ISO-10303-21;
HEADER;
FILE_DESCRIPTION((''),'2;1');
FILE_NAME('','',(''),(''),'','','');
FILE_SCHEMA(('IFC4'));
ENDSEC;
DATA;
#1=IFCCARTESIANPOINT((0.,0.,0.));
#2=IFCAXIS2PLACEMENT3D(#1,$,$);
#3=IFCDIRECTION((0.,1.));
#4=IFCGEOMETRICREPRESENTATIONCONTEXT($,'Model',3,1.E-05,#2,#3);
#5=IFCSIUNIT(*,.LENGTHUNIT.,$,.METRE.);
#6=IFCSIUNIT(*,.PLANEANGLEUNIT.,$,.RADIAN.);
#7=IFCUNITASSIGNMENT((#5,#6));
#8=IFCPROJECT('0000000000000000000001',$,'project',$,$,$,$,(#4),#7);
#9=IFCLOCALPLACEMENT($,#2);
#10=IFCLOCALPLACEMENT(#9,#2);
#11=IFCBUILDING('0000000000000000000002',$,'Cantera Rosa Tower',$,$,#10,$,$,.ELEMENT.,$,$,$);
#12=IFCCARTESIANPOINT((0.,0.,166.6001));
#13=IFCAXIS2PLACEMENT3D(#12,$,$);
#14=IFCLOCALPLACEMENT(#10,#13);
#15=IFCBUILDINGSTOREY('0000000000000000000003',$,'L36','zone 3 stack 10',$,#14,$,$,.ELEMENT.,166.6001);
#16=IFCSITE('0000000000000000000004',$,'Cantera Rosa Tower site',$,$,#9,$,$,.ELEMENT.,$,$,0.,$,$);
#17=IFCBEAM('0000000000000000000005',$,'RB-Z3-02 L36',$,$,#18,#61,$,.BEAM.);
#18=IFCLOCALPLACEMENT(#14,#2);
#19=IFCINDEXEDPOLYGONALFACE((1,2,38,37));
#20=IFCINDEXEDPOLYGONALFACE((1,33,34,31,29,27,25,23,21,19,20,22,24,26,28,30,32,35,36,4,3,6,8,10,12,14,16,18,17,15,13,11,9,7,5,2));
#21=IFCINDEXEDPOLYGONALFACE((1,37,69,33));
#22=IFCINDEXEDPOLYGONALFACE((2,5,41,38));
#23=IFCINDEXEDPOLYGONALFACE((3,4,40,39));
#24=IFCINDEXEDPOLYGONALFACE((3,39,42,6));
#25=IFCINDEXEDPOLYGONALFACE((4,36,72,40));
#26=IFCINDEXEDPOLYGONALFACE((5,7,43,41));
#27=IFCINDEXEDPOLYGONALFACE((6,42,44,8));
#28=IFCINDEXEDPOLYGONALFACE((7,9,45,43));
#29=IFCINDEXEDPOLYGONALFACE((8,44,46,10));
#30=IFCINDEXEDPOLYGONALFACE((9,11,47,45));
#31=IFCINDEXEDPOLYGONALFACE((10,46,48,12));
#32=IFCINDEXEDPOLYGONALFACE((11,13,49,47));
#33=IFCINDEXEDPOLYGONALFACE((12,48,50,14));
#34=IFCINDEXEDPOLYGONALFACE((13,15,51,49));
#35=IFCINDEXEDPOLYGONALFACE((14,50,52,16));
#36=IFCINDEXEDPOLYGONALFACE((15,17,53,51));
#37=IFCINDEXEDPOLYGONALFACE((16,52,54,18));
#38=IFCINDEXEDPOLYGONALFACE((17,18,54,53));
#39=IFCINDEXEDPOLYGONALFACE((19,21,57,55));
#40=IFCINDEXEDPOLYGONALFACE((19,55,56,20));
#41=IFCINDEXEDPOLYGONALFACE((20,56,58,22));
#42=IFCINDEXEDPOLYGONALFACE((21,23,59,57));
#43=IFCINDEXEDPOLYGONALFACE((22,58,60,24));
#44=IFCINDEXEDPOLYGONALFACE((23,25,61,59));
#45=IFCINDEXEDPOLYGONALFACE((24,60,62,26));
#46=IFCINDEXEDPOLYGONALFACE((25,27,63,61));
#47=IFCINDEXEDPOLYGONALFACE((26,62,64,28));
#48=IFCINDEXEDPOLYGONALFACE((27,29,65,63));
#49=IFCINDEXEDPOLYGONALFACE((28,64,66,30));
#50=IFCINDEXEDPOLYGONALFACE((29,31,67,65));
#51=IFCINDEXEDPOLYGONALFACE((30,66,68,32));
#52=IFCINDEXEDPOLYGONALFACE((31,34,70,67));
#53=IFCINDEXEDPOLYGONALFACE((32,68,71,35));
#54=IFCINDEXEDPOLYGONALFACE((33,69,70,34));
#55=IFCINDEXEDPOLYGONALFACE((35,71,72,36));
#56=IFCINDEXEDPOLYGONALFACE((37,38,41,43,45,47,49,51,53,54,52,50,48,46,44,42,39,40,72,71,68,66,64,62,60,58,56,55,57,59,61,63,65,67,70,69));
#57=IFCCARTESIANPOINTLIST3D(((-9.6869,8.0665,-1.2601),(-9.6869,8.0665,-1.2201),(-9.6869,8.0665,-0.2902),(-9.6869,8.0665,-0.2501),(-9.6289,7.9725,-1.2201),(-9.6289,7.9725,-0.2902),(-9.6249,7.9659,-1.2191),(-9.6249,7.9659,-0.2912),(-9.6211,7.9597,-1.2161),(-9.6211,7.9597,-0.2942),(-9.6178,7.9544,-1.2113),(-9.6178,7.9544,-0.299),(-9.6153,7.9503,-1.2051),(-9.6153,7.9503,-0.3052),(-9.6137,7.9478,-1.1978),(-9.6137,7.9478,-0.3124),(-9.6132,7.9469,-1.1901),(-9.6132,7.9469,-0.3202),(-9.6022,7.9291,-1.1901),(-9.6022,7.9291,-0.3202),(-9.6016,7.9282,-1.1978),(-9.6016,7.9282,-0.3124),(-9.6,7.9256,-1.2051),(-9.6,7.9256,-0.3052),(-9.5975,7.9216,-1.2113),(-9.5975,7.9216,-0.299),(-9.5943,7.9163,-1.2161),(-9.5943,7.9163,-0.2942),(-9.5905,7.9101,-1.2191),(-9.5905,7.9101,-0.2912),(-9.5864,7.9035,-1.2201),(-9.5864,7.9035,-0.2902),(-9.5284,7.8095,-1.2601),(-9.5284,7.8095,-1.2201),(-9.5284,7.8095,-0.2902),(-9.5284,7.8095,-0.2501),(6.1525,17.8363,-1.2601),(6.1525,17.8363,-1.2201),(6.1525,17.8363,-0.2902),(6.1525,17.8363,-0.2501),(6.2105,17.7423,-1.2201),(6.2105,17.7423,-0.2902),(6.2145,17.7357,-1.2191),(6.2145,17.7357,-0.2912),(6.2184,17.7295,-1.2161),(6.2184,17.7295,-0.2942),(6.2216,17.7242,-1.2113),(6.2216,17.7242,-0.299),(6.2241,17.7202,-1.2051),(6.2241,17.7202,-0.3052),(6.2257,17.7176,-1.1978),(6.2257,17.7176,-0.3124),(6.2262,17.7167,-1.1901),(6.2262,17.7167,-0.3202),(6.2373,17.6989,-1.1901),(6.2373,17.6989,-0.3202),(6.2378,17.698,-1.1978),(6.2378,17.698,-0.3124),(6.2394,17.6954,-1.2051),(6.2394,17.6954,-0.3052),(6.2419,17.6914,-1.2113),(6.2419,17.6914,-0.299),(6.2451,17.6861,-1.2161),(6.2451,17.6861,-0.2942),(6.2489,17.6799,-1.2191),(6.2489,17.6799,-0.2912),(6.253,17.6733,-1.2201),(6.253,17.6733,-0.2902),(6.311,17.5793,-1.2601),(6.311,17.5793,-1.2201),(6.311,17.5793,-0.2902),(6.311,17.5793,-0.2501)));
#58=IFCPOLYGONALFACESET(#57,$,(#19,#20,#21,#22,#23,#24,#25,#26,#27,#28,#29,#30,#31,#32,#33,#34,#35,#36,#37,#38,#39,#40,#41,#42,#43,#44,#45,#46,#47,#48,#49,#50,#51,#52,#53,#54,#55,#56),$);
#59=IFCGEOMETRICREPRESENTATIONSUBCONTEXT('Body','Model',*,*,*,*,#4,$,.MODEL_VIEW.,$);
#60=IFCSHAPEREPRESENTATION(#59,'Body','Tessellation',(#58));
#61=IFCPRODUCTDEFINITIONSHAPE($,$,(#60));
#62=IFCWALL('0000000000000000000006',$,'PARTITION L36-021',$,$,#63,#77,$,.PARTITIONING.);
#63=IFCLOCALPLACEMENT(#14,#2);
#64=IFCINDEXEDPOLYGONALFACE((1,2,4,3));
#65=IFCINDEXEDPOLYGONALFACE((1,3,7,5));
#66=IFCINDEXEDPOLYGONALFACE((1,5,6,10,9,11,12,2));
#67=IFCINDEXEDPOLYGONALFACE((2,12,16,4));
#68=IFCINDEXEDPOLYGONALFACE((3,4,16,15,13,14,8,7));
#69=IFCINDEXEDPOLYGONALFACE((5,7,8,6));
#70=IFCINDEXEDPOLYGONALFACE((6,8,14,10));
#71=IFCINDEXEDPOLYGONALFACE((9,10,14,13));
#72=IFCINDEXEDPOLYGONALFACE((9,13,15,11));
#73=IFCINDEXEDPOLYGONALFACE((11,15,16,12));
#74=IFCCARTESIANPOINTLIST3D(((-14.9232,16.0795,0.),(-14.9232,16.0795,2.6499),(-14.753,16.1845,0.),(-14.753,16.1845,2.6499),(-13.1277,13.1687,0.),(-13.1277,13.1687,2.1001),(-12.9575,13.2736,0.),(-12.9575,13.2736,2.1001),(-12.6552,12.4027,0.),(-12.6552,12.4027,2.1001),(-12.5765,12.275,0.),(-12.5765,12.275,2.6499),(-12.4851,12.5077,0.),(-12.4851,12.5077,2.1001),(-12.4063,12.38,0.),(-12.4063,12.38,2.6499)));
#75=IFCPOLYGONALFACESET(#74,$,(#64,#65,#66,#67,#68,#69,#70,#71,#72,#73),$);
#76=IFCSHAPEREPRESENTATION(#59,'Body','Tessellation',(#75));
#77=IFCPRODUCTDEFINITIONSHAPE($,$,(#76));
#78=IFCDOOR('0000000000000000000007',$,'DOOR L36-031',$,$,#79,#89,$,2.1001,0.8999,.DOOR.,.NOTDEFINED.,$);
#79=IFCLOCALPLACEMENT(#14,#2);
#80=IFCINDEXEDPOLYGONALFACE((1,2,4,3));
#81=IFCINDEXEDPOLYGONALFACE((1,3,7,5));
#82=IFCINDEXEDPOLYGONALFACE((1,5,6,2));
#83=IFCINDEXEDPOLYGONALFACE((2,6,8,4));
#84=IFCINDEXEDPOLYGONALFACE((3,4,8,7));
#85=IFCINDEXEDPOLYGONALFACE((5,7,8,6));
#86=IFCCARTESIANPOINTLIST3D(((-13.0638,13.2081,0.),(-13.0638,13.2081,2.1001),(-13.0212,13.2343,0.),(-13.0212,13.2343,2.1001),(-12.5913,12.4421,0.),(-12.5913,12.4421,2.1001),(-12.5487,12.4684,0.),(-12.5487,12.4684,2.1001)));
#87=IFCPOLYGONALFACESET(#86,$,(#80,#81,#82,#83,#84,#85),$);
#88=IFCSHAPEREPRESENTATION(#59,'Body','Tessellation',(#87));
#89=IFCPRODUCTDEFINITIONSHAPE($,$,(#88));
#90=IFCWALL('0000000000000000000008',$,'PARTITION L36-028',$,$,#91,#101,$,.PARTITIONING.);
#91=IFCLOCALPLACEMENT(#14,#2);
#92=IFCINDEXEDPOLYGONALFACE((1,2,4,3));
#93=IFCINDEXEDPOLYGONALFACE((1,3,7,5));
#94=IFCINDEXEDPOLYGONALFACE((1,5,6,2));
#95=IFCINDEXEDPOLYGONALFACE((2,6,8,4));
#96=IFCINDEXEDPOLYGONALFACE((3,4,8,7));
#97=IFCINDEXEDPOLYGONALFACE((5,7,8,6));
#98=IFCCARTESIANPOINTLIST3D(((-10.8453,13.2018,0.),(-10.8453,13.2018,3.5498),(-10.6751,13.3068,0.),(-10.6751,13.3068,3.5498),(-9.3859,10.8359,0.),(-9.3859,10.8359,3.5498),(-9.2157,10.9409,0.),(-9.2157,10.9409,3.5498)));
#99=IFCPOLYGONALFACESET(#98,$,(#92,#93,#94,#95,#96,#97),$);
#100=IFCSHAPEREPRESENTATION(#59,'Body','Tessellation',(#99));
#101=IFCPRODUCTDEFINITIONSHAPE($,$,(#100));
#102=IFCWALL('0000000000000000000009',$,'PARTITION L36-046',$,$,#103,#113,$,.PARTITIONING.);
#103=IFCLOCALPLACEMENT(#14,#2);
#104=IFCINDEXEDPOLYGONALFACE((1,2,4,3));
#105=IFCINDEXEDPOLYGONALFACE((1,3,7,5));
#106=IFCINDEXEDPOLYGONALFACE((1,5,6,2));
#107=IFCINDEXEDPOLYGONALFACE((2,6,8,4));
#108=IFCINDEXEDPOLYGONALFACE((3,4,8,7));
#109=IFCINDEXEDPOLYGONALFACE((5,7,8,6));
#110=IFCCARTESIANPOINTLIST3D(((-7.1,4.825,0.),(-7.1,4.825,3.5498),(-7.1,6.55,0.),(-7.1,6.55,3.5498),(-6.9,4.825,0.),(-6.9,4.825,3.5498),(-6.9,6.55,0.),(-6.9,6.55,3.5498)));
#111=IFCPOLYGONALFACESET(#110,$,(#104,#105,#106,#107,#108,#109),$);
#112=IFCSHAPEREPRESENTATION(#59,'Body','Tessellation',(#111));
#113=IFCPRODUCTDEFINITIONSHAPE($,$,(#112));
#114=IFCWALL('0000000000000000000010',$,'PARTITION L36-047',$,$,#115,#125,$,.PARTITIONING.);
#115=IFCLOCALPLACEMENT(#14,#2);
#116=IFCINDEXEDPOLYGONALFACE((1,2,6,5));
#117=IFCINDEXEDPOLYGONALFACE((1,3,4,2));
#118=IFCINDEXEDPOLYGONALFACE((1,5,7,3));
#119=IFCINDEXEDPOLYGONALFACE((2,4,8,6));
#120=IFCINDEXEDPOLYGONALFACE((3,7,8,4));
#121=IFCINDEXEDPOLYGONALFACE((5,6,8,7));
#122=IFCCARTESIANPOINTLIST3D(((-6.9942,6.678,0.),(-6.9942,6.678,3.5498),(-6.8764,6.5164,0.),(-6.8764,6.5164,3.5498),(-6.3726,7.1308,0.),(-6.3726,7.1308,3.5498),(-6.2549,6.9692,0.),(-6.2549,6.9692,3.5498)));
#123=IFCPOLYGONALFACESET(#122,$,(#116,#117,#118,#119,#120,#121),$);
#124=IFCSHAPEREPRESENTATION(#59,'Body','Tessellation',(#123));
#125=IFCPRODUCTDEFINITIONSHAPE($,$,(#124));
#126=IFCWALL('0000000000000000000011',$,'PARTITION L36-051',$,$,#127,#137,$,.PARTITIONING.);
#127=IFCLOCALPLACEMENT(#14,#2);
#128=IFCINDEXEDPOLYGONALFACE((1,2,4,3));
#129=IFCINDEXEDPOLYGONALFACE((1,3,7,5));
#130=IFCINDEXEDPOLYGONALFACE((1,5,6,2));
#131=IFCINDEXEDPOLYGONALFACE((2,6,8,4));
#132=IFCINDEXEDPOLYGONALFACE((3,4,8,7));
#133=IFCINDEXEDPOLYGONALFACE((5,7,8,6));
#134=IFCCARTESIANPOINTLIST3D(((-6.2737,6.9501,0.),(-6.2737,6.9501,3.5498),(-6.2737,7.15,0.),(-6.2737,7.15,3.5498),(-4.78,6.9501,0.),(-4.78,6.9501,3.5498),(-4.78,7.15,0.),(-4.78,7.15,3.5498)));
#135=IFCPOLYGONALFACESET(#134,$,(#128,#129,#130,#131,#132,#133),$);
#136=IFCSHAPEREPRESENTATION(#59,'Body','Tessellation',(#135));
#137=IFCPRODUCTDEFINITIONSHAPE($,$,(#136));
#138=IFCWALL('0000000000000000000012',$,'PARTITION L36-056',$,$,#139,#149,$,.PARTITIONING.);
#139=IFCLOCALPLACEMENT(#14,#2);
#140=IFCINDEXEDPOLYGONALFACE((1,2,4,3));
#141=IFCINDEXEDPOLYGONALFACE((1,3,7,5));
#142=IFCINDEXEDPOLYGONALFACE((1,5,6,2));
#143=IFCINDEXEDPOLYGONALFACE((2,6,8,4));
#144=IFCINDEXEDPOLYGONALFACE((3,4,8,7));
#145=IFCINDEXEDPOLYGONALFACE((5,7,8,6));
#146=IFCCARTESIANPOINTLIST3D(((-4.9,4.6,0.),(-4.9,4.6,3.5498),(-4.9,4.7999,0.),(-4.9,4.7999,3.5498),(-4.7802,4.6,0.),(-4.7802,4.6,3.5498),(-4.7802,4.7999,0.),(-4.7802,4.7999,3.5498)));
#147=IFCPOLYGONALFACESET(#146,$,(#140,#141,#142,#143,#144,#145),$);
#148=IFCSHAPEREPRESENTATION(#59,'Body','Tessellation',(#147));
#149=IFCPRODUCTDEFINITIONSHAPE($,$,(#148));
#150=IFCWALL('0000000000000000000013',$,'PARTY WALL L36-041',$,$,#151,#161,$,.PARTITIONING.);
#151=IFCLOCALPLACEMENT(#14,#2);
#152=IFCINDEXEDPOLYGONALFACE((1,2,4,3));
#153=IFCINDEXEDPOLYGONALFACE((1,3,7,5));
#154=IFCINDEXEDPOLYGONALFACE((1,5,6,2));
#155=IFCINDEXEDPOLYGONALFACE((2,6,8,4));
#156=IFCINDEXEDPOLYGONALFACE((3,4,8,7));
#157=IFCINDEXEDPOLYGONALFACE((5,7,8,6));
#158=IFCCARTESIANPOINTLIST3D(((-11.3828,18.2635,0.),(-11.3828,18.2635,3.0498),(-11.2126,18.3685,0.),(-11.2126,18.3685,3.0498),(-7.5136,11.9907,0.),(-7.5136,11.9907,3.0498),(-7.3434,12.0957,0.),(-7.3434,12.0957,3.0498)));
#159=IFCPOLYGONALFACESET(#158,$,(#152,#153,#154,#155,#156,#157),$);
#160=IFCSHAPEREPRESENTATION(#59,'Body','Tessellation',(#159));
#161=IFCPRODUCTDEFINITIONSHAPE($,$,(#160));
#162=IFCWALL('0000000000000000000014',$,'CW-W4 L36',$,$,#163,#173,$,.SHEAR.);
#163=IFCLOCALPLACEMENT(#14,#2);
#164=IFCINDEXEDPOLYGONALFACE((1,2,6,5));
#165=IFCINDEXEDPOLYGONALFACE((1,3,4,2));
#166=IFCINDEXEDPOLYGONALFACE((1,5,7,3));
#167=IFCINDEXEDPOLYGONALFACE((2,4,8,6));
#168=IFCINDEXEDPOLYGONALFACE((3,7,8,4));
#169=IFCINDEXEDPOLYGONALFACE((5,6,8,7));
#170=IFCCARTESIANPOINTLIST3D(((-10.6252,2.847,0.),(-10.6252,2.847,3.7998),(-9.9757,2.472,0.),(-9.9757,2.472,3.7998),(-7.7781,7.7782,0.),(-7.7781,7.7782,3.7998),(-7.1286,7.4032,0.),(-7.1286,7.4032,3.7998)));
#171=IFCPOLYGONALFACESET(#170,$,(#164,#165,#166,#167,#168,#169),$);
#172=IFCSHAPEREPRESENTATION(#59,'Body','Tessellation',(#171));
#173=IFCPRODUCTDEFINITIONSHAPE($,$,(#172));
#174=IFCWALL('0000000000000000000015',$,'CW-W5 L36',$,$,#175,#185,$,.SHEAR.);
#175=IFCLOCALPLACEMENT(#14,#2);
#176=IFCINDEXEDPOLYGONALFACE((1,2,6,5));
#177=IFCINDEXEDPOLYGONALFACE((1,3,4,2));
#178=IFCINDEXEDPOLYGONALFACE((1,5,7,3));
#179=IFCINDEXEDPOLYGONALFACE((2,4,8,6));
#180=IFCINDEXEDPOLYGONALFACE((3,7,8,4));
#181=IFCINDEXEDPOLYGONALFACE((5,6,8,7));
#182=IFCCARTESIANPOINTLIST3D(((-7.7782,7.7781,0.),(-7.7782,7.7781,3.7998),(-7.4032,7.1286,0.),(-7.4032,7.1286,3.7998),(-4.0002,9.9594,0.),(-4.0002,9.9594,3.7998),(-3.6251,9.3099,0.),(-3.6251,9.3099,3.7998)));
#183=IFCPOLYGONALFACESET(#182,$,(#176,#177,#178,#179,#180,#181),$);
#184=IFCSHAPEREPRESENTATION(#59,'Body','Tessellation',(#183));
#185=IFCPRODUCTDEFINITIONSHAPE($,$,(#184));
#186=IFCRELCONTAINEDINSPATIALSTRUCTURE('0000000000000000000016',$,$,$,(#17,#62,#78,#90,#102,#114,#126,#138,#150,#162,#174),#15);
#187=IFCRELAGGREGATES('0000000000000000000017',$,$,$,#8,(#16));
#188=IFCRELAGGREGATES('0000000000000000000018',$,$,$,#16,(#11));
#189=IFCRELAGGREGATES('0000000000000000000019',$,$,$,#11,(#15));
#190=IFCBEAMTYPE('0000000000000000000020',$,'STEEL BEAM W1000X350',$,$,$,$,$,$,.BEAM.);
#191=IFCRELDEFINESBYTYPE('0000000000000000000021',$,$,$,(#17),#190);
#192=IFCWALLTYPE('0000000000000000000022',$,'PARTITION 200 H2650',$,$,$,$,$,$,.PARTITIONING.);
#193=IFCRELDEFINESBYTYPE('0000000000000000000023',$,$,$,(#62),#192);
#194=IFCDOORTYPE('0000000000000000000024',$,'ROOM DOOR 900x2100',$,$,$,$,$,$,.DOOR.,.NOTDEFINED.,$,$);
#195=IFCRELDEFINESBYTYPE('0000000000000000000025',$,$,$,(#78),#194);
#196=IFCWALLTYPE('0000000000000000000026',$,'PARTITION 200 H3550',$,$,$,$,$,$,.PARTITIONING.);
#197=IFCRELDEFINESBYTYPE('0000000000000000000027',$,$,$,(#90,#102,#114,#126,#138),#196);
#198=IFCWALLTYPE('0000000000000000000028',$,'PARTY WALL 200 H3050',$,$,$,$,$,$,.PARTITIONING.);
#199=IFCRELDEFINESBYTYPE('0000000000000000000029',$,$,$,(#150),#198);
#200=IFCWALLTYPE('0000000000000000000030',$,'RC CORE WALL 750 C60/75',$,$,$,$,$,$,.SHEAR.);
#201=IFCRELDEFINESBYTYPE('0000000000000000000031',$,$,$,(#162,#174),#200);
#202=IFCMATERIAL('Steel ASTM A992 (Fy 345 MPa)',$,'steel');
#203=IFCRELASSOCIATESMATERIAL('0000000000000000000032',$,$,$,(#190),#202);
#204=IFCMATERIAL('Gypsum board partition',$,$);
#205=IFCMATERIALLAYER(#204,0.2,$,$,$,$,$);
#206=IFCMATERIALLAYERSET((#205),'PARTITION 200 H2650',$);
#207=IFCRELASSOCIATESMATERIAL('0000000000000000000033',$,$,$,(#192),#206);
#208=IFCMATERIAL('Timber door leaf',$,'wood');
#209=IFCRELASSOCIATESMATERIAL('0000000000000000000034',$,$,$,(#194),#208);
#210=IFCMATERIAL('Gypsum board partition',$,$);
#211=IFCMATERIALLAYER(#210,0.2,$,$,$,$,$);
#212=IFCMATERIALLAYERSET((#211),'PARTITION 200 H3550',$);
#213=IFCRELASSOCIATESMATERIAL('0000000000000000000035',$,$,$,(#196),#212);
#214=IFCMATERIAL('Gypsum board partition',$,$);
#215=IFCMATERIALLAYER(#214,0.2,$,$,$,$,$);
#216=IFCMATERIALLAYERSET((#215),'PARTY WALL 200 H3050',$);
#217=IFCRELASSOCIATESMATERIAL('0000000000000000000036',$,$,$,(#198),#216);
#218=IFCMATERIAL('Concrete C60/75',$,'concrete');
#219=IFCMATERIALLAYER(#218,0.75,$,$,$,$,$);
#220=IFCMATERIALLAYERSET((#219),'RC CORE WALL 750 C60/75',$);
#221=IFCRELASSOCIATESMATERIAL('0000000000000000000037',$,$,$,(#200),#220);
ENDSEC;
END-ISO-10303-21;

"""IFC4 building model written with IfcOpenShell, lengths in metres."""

from ifc_helpers import new_model, si_unit, direction, frame, frame_2d, origin, origin_2d, place, context, subcontext, project, spatial, rectangle, i_section, extrude, material, layer, layer_set, material_profile, profile_set, type_object, element, fill, save


model = new_model("IFC4")

# Units and contexts
model_context = context("Model", 3, precision=1e-05, world=origin(), true_north=direction((0.0, 1.0)))
body_context = subcontext(model_context, "Body", "Model", "MODEL_VIEW")
ifc_project = project(units=[si_unit("LENGTHUNIT", "METRE"), si_unit("PLANEANGLEUNIT", "RADIAN")], contexts=[model_context])

# Site, building, storey
site_placement = place(None, origin())
site = spatial("IfcSite", under=ifc_project, at=site_placement, Name="Cantera Rosa Tower site", CompositionType="ELEMENT", RefElevation=0.0)
building_placement = place(site_placement, origin())
building = spatial("IfcBuilding", under=site, at=building_placement, Name="Cantera Rosa Tower", CompositionType="ELEMENT")
storey_placement = place(building_placement, frame((0.0, 0.0, 166.6001)))
storey = spatial("IfcBuildingStorey", under=building, at=storey_placement, Name="L36", Description="zone 3 stack 10", CompositionType="ELEMENT", Elevation=166.6001)

# Beam
ifc_material_1 = material(Name="Steel ASTM A992 (Fy 345 MPa)", Category="steel")
ifc_material_profile = material_profile(ifc_material_1, i_section(OverallWidth=0.302, OverallDepth=1.01, WebThickness=0.021, FlangeThickness=0.04, FilletRadius=0.03, at=origin_2d()), Name="W1000X350")
ifc_profile_set = profile_set([ifc_material_profile], Name="Steel ASTM A992 (Fy 345 MPa)")
beam_type = type_object("IfcBeamType", Name="STEEL BEAM W1000X350", PredefinedType="BEAM", material=ifc_profile_set)
beam_placement = place(storey_placement, frame((-9.6077, 7.938, -0.7551), z_axis=(0.851119, 0.524973, 0.0), x_axis=(-0.524973, 0.851119, 0.0)))
element("IfcBeam", 1, at=beam_placement, inside=storey, type_object=beam_type, Name="RB-Z3-02 L36", PredefinedType="BEAM", context=body_context, shape_type="SweptSolid", body=[
    extrude(i_section(OverallWidth=0.302, OverallDepth=1.01, WebThickness=0.021, FlangeThickness=0.04, FilletRadius=0.03, at=origin_2d()), origin(), (0.0, 0.0, 1.0), 18.6101),
])

# Wall, opening, door
ifc_material_2 = material(Name="Gypsum board partition")
ifc_layer_1 = layer(ifc_material_2, 0.2)
ifc_layer_set_1 = layer_set([ifc_layer_1], Name="PARTITION 200 H2650")
wall_type_1 = type_object("IfcWallType", Name="PARTITION 200 H2650", PredefinedType="PARTITIONING", material=ifc_layer_set_1)
wall_1_placement = place(storey_placement, frame((-12.4915, 12.3276, 0.0), z_axis=(0.0, 0.0, 1.0), x_axis=(-0.524987, 0.85111, 0.0)))
wall_1 = element("IfcWall", 2, at=wall_1_placement, inside=storey, type_object=wall_type_1, Name="PARTITION L36-021", PredefinedType="PARTITIONING", context=body_context, shape_type="SweptSolid", body=[
    extrude(rectangle(XDim=4.47, YDim=0.2, at=frame_2d((2.2349, 0.0))), origin(), (0.0, 0.0, 1.0), 2.6499),
])
opening_1_placement = place(wall_1_placement, frame((0.1499, 0.0, 0.0)))
opening_1 = element("IfcOpeningElement", 3, at=opening_1_placement, cuts=wall_1, PredefinedType="OPENING", context=body_context, shape_type="SweptSolid", body=[
    extrude(rectangle(XDim=0.8999, YDim=2.1001, at=frame_2d((0.45, 1.05))), frame((0.0, 0.1099, 0.0), z_axis=(0.0, -1.0, 0.0), x_axis=(1.0, 0.0, 0.0)), (0.0, 0.0, 1.0), 0.22),
])
ifc_material_3 = material(Name="Timber door leaf", Category="wood")
door_type_1 = type_object("IfcDoorType", Name="ROOM DOOR 900x2100", OperationType="NOTDEFINED", PredefinedType="DOOR", material=ifc_material_3)
door_1_placement = place(opening_1_placement, origin())
door_1 = element("IfcDoor", 4, at=door_1_placement, inside=storey, type_object=door_type_1, Name="DOOR L36-031", OperationType="NOTDEFINED", OverallHeight=2.1001, OverallWidth=0.8999, PredefinedType="DOOR", context=body_context, shape_type="SweptSolid", body=[
    extrude(rectangle(XDim=0.8999, YDim=2.1001, at=frame_2d((0.45, 1.05))), frame((0.0, 0.0249, 0.0), z_axis=(0.0, -1.0, 0.0), x_axis=(1.0, 0.0, 0.0)), (0.0, 0.0, 1.0), 0.05),
])
fill(opening_1, door_1)

# Walls
ifc_material_4 = material(Name="Gypsum board partition")
ifc_layer_2 = layer(ifc_material_4, 0.2)
ifc_layer_set_2 = layer_set([ifc_layer_2], Name="PARTITION 200 H3550")
wall_type_2 = type_object("IfcWallType", Name="PARTITION 200 H3550", PredefinedType="PARTITIONING", material=ifc_layer_set_2)
wall_2_placement = place(storey_placement, frame((-9.3008, 10.8884, 0.0), z_axis=(0.0, 0.0, 1.0), x_axis=(-0.525009, 0.851097, 0.0)))
element("IfcWall", 5, at=wall_2_placement, inside=storey, type_object=wall_type_2, Name="PARTITION L36-028", PredefinedType="PARTITIONING", context=body_context, shape_type="SweptSolid", body=[
    extrude(rectangle(XDim=2.7798, YDim=0.2, at=frame_2d((1.3899, 0.0))), origin(), (0.0, 0.0, 1.0), 3.5498),
])
wall_3_placement = place(storey_placement, frame((-7.0, 4.825, 0.0), z_axis=(0.0, 0.0, 1.0), x_axis=(0.0, 1.0, 0.0)))
element("IfcWall", 6, at=wall_3_placement, inside=storey, type_object=wall_type_2, Name="PARTITION L36-046", PredefinedType="PARTITIONING", context=body_context, shape_type="SweptSolid", body=[
    extrude(rectangle(XDim=1.7251, YDim=0.2, at=frame_2d((0.8625, 0.0))), origin(), (0.0, 0.0, 1.0), 3.5498),
])
wall_4_placement = place(storey_placement, frame((-6.9353, 6.5972, 0.0), z_axis=(0.0, 0.0, 1.0), x_axis=(0.808228, 0.58887, 0.0)))
element("IfcWall", 7, at=wall_4_placement, inside=storey, type_object=wall_type_2, Name="PARTITION L36-047", PredefinedType="PARTITIONING", context=body_context, shape_type="SweptSolid", body=[
    extrude(rectangle(XDim=0.769, YDim=0.2, at=frame_2d((0.3845, 0.0))), origin(), (0.0, 0.0, 1.0), 3.5498),
])
wall_5_placement = place(storey_placement, frame((-6.2737, 7.05, 0.0), z_axis=(0.0, 0.0, 1.0), x_axis=(1.0, 0.0, 0.0)))
element("IfcWall", 8, at=wall_5_placement, inside=storey, type_object=wall_type_2, Name="PARTITION L36-051", PredefinedType="PARTITIONING", context=body_context, shape_type="SweptSolid", body=[
    extrude(rectangle(XDim=1.4937, YDim=0.2, at=frame_2d((0.7468, 0.0))), origin(), (0.0, 0.0, 1.0), 3.5498),
])
wall_6_placement = place(storey_placement, frame((-4.78, 4.7, 0.0), z_axis=(0.0, 0.0, 1.0), x_axis=(-1.0, 0.0, 0.0)))
element("IfcWall", 9, at=wall_6_placement, inside=storey, type_object=wall_type_2, Name="PARTITION L36-056", PredefinedType="PARTITIONING", context=body_context, shape_type="SweptSolid", body=[
    extrude(rectangle(XDim=0.1199, YDim=0.2, at=frame_2d((0.0601, 0.0))), origin(), (0.0, 0.0, 1.0), 3.5498),
])
ifc_material_5 = material(Name="Gypsum board partition")
ifc_layer_3 = layer(ifc_material_5, 0.2)
ifc_layer_set_3 = layer_set([ifc_layer_3], Name="PARTY WALL 200 H3050")
wall_type_3 = type_object("IfcWallType", Name="PARTY WALL 200 H3050", PredefinedType="PARTITIONING", material=ifc_layer_set_3)
wall_7_placement = place(storey_placement, frame((-7.4285, 12.0432, 0.0), z_axis=(0.0, 0.0, 1.0), x_axis=(-0.524984, 0.851112, 0.0)))
element("IfcWall", 10, at=wall_7_placement, inside=storey, type_object=wall_type_3, Name="PARTY WALL L36-041", PredefinedType="PARTITIONING", context=body_context, shape_type="SweptSolid", body=[
    extrude(rectangle(XDim=7.3701, YDim=0.2, at=frame_2d((3.6851, 0.0))), origin(), (0.0, 0.0, 1.0), 3.0498),
])
ifc_material_6 = material(Name="Concrete C60/75", Category="concrete")
ifc_layer_4 = layer(ifc_material_6, 0.75)
ifc_layer_set_4 = layer_set([ifc_layer_4], Name="RC CORE WALL 750 C60/75")
wall_type_4 = type_object("IfcWallType", Name="RC CORE WALL 750 C60/75", PredefinedType="SHEAR", material=ifc_layer_set_4)
wall_8_placement = place(storey_placement, frame((-10.3005, 2.6594, 0.0), z_axis=(0.0, 0.0, 1.0), x_axis=(0.500022, 0.866013, 0.0)))
element("IfcWall", 11, at=wall_8_placement, inside=storey, type_object=wall_type_4, Name="CW-W4 L36", PredefinedType="SHEAR", context=body_context, shape_type="SweptSolid", body=[
    extrude(rectangle(XDim=5.6941, YDim=0.75, at=frame_2d((2.8472, 0.0))), origin(), (0.0, 0.0, 1.0), 3.7998),
])
wall_9_placement = place(storey_placement, frame((-7.5906, 7.4534, 0.0), z_axis=(0.0, 0.0, 1.0), x_axis=(0.866013, 0.500021, 0.0)))
element("IfcWall", 12, at=wall_9_placement, inside=storey, type_object=wall_type_4, Name="CW-W5 L36", PredefinedType="SHEAR", context=body_context, shape_type="SweptSolid", body=[
    extrude(rectangle(XDim=4.3625, YDim=0.75, at=frame_2d((2.1812, 0.0))), origin(), (0.0, 0.0, 1.0), 3.7998),
])

save(model, "model.ifc")
